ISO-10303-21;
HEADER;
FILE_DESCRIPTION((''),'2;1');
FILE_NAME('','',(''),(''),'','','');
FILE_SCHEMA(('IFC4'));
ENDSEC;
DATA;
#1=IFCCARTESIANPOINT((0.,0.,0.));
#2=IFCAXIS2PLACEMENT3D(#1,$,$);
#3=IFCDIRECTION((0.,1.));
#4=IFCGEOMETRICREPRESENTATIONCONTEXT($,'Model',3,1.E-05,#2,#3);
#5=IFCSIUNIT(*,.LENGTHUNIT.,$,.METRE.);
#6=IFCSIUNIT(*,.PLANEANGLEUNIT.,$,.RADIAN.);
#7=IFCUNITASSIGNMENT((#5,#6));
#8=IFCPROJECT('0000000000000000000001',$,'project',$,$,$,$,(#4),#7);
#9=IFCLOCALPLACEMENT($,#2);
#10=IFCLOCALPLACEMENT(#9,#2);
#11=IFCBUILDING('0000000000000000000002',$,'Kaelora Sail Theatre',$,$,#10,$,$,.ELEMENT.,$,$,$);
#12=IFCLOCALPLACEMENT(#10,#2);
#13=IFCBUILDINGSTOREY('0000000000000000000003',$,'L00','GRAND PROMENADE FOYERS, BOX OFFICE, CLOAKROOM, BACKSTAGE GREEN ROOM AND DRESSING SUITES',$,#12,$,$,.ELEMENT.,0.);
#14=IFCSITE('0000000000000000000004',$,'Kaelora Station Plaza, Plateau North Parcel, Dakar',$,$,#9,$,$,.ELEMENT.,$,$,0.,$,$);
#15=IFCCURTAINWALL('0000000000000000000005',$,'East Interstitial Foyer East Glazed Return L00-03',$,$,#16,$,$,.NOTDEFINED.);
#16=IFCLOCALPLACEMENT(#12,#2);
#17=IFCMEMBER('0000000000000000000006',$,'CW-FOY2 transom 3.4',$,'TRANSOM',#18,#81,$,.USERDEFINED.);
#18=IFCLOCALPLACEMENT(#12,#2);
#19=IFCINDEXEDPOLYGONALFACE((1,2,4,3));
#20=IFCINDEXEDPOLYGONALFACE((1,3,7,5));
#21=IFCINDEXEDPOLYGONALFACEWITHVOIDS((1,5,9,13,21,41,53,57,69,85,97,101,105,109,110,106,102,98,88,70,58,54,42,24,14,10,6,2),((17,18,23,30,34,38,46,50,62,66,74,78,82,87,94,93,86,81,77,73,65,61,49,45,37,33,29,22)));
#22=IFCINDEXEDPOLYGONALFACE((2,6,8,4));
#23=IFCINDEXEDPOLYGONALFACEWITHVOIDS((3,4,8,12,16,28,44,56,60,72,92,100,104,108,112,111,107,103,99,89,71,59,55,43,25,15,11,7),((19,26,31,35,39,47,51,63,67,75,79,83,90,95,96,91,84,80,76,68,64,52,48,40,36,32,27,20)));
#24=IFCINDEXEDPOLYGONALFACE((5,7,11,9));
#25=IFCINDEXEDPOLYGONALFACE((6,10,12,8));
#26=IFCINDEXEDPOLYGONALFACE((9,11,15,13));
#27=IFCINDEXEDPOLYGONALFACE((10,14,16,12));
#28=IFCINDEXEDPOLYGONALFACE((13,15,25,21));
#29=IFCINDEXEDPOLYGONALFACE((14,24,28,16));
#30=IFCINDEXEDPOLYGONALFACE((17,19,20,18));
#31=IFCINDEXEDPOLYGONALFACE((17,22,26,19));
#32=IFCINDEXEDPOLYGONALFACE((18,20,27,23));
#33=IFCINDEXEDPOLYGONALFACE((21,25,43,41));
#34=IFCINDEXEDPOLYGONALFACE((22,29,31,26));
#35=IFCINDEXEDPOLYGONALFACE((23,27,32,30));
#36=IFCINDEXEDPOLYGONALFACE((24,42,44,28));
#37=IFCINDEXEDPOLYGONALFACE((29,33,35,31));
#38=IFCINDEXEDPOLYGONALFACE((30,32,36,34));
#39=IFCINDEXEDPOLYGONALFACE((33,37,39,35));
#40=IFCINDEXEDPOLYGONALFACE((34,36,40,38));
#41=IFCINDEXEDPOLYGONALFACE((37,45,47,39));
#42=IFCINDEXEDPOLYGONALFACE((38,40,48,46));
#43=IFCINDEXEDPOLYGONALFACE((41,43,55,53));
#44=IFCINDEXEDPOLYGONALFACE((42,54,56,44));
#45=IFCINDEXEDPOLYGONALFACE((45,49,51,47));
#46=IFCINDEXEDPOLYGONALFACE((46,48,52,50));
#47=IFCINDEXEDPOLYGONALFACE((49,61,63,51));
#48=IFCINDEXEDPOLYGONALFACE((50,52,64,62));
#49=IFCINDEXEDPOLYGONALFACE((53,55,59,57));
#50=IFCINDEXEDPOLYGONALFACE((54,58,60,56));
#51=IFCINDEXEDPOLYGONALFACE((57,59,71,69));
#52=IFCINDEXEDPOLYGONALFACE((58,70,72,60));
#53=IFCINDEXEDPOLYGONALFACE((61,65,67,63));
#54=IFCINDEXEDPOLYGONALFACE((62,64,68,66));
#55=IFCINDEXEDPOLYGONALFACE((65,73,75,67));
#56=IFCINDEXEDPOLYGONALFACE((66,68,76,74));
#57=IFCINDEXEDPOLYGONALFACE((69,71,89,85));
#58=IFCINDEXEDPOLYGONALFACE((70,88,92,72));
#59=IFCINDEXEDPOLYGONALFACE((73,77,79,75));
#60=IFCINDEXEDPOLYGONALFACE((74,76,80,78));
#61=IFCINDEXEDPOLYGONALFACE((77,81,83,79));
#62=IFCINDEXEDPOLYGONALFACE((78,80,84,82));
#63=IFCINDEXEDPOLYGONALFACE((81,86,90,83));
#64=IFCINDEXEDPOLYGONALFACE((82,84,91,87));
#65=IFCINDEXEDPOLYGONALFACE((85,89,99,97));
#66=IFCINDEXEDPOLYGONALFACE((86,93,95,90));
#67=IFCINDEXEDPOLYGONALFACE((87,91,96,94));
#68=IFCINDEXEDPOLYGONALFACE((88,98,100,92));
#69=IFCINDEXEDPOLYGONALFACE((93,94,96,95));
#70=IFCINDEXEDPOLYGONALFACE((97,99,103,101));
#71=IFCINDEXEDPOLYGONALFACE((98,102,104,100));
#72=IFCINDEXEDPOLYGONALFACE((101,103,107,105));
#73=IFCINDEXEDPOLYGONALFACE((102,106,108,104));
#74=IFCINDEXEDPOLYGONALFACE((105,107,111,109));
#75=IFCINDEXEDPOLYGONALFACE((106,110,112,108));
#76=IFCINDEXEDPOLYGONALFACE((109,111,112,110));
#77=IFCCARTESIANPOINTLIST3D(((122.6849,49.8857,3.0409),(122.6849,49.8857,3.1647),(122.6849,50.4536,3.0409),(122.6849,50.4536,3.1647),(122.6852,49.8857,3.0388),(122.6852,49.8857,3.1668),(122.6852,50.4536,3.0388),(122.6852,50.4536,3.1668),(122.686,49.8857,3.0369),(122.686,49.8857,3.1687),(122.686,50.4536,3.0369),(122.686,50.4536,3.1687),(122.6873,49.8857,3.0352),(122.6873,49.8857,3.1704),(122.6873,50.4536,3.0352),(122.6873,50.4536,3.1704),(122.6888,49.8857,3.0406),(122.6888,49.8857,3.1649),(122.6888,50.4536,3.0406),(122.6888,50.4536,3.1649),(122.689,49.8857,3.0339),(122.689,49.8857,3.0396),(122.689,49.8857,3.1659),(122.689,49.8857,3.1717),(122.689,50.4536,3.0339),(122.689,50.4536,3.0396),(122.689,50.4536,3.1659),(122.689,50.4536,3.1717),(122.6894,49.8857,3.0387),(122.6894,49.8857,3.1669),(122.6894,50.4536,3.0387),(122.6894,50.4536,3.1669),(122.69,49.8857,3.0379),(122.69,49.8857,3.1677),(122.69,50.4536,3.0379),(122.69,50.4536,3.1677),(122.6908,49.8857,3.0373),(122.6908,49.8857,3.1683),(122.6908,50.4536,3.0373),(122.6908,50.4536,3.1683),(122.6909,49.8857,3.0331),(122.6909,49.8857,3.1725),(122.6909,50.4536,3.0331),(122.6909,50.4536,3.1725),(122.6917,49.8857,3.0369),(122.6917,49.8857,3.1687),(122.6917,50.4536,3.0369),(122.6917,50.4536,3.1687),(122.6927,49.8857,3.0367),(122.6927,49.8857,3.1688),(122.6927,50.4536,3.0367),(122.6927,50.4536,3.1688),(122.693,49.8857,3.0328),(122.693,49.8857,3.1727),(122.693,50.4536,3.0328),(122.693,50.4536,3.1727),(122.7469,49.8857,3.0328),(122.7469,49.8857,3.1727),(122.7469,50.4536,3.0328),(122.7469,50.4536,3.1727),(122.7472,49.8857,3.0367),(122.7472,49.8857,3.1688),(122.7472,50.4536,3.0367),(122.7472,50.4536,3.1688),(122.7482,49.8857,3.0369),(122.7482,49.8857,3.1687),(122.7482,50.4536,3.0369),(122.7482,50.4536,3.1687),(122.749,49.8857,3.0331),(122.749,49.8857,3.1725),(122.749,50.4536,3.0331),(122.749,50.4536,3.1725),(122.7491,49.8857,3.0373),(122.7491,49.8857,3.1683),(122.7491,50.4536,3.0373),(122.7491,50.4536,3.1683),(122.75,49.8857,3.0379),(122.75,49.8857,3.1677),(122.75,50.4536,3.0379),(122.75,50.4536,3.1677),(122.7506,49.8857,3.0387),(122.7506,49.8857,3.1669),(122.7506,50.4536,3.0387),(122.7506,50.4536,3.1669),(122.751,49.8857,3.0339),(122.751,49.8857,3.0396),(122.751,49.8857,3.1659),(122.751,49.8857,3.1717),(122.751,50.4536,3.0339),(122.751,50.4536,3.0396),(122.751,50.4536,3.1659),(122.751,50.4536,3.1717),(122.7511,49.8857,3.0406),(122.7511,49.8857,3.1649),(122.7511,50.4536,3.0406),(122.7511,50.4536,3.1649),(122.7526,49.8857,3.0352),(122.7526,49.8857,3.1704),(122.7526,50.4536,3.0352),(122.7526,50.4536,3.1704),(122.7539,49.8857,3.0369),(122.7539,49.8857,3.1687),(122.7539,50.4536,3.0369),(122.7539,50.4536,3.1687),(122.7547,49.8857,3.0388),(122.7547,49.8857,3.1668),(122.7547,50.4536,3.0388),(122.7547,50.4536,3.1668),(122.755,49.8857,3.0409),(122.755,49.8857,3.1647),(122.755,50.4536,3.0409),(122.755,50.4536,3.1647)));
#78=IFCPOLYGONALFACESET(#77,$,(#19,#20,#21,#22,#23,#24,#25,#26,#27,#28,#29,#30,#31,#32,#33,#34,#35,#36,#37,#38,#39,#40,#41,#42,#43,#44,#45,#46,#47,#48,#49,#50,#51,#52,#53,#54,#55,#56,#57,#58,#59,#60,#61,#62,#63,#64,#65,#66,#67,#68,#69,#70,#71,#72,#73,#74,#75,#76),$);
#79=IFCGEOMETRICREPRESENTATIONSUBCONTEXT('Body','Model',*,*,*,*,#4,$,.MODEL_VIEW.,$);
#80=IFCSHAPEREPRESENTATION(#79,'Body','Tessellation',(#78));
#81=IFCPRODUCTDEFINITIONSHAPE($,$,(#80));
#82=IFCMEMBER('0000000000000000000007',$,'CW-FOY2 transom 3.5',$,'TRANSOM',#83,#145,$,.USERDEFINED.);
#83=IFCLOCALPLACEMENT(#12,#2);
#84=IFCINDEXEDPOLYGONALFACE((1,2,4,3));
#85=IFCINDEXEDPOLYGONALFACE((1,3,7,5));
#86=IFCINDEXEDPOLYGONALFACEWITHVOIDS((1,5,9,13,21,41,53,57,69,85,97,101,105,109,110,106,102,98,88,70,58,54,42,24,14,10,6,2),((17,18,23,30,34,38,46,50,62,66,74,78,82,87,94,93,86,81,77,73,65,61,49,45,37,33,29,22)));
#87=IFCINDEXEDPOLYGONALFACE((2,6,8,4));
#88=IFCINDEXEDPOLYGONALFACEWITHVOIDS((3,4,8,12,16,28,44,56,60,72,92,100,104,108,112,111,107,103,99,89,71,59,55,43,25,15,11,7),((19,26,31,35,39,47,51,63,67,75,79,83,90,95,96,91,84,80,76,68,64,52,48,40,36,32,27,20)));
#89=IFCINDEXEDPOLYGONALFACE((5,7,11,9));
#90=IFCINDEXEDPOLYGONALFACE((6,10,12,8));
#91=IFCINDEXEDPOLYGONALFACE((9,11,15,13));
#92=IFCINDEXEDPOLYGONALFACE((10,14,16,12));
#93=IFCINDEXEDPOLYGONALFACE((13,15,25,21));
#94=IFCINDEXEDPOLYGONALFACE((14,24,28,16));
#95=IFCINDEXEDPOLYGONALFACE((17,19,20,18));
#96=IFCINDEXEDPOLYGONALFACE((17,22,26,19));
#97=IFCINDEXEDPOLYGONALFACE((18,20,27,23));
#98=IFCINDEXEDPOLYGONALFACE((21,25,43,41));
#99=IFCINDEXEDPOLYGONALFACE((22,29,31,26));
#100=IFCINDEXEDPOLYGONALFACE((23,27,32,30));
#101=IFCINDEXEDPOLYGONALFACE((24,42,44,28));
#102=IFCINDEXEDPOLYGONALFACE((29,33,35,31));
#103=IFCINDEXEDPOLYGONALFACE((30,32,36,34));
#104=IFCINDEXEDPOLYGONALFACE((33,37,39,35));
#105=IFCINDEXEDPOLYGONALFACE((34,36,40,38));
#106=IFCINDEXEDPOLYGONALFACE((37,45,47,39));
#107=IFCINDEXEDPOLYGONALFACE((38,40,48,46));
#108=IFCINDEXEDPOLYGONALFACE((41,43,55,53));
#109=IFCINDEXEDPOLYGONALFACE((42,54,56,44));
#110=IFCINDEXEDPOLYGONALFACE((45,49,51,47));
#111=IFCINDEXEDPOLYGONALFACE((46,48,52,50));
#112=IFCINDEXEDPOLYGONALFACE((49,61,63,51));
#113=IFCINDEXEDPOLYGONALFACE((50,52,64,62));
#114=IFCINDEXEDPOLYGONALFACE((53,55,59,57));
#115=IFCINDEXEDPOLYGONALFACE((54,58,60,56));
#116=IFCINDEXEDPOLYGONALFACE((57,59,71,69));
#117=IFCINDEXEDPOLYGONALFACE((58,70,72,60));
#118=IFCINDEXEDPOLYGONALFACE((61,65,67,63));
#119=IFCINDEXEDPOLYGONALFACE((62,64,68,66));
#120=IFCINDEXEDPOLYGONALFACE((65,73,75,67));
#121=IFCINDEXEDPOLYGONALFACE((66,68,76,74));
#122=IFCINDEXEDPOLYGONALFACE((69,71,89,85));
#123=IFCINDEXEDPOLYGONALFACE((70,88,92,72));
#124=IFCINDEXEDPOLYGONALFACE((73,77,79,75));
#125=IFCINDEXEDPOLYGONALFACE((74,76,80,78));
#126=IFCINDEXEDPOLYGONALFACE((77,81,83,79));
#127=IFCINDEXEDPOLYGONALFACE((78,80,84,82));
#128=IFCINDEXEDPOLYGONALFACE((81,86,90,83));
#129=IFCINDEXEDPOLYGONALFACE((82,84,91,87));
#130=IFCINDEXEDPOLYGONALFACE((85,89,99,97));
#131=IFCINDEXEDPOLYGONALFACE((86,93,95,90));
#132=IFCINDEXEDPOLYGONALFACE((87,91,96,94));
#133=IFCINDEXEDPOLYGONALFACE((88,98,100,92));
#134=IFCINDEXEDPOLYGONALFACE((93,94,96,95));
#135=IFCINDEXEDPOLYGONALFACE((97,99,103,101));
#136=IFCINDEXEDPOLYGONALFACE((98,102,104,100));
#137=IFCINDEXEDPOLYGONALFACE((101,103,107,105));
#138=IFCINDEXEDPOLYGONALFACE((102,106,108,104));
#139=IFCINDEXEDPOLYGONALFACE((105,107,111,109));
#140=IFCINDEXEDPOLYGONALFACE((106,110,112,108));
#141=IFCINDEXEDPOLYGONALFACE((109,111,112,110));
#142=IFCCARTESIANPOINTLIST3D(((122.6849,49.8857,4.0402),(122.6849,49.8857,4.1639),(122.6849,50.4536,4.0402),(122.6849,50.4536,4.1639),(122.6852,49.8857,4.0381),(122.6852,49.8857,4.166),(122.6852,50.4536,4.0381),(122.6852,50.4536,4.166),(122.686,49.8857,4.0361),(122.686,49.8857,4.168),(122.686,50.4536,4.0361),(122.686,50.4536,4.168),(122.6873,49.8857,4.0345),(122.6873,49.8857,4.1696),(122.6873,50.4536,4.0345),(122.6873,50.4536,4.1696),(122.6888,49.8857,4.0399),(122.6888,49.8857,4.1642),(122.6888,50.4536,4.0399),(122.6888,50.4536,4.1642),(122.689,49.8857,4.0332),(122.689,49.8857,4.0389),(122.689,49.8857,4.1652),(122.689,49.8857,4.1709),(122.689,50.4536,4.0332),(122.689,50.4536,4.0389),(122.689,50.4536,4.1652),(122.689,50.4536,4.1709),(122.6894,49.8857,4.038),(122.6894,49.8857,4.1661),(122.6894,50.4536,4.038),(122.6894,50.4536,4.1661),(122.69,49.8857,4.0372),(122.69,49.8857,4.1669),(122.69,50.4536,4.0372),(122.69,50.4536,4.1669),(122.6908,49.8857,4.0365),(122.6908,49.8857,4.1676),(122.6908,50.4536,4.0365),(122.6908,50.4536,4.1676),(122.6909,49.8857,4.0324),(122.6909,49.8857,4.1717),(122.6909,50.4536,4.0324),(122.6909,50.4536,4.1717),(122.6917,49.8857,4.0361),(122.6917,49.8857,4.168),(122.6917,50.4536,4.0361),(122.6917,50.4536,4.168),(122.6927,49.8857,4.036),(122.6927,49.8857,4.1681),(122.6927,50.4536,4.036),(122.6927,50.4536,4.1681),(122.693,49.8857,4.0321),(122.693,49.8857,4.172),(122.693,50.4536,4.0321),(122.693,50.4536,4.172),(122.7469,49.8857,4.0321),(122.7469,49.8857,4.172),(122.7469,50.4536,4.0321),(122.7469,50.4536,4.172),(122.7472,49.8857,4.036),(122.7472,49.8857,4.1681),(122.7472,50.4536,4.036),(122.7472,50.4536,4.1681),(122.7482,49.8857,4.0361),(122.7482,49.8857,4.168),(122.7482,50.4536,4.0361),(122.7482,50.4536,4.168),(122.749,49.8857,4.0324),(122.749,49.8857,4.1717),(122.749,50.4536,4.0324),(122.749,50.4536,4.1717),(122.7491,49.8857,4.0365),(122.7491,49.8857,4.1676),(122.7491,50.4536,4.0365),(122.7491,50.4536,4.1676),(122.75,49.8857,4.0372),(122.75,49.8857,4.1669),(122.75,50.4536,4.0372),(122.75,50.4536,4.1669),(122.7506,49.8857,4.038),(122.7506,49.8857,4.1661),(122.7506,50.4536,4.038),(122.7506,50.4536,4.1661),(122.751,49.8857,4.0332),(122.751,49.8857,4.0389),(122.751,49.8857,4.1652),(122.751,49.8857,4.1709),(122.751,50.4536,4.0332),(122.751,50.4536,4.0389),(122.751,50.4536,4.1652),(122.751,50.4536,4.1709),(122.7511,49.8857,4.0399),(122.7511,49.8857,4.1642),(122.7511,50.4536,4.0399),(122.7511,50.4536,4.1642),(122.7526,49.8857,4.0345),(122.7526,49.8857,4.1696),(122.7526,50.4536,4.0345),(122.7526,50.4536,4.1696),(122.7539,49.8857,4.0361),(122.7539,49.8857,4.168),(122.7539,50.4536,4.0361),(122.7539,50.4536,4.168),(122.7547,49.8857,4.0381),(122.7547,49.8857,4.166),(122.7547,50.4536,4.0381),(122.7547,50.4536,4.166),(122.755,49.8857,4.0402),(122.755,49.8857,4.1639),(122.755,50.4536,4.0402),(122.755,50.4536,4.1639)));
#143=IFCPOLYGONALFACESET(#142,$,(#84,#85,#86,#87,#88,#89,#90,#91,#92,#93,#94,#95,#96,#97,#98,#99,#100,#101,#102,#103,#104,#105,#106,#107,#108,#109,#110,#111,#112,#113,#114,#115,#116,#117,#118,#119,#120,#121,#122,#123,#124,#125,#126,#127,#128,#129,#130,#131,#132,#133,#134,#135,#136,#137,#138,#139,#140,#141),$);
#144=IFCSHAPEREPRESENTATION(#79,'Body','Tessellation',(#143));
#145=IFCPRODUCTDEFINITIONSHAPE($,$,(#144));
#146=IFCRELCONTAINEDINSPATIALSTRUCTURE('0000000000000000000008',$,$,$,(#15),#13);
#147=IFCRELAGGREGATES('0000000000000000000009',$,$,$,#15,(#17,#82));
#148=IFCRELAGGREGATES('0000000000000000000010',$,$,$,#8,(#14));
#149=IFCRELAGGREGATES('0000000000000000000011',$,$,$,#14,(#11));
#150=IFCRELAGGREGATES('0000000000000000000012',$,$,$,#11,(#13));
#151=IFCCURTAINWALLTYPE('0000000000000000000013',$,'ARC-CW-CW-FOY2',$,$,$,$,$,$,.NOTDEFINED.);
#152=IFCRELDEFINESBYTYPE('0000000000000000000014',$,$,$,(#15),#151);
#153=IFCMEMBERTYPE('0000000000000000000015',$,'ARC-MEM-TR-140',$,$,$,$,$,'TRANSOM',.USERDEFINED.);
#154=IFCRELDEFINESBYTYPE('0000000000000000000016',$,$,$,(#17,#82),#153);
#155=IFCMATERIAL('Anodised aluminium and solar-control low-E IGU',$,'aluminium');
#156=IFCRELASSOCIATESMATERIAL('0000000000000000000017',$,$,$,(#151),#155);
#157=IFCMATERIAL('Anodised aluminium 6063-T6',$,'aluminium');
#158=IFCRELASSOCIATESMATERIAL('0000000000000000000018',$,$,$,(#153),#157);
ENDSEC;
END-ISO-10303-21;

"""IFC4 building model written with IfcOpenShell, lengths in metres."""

from ifc_helpers import new_model, si_unit, direction, frame, origin, origin_2d, place, context, subcontext, project, spatial, hollow_rectangle, extrude, material, material_profile, profile_set, type_object, element, aggregate, save


model = new_model("IFC4")

# Units and contexts
model_context = context("Model", 3, precision=1e-05, world=origin(), true_north=direction((0.0, 1.0)))
body_context = subcontext(model_context, "Body", "Model", "MODEL_VIEW")
ifc_project = project(units=[si_unit("LENGTHUNIT", "METRE"), si_unit("PLANEANGLEUNIT", "RADIAN")], contexts=[model_context])

# Site, building, storey
site_placement = place(None, origin())
site = spatial("IfcSite", under=ifc_project, at=site_placement, Name="Kaelora Station Plaza, Plateau North Parcel, Dakar", CompositionType="ELEMENT", RefElevation=0.0)
building_placement = place(site_placement, origin())
building = spatial("IfcBuilding", under=site, at=building_placement, Name="Kaelora Sail Theatre", CompositionType="ELEMENT")
storey_placement = place(building_placement, origin())
storey = spatial("IfcBuildingStorey", under=building, at=storey_placement, Name="L00", Description="GRAND PROMENADE FOYERS, BOX OFFICE, CLOAKROOM, BACKSTAGE GREEN ROOM AND DRESSING SUITES", CompositionType="ELEMENT", Elevation=0.0)

# Curtain wall, members
ifc_material_1 = material(Name="Anodised aluminium and solar-control low-E IGU", Category="aluminium")
curtain_wall_type = type_object("IfcCurtainWallType", Name="ARC-CW-CW-FOY2", PredefinedType="NOTDEFINED", material=ifc_material_1)
curtain_wall_placement = place(storey_placement, origin())
curtain_wall = element("IfcCurtainWall", 1, at=curtain_wall_placement, inside=storey, type_object=curtain_wall_type, Name="East Interstitial Foyer East Glazed Return L00-03", PredefinedType="NOTDEFINED")
ifc_material_2 = material(Name="Anodised aluminium 6063-T6", Category="aluminium")
ifc_material_profile = material_profile(ifc_material_2, hollow_rectangle(XDim=0.0701, YDim=0.1399, WallThickness=0.0039, InnerFilletRadius=0.0039, OuterFilletRadius=0.0081, at=origin_2d()), Name="ALU-TRAN 70x140x4")
ifc_profile_set = profile_set([ifc_material_profile], Name="Anodised aluminium 6063-T6")
member_type = type_object("IfcMemberType", Name="ARC-MEM-TR-140", ElementType="TRANSOM", PredefinedType="USERDEFINED", material=ifc_profile_set)
member_1_placement = place(storey_placement, frame((122.72, 49.8857, 3.1028), z_axis=(0.0, 1.0, 0.0), x_axis=(-1.0, 0.0, 0.0)))
member_1 = element("IfcMember", 2, at=member_1_placement, type_object=member_type, Name="CW-FOY2 transom 3.4", ObjectType="TRANSOM", PredefinedType="USERDEFINED", context=body_context, shape_type="SweptSolid", body=[
    extrude(hollow_rectangle(XDim=0.0701, YDim=0.1399, WallThickness=0.0039, InnerFilletRadius=0.0039, OuterFilletRadius=0.0081, at=origin_2d()), origin(), (0.0, 0.0, 1.0), 0.5679),
])
member_2_placement = place(storey_placement, frame((122.72, 49.8857, 4.1021), z_axis=(0.0, 1.0, 0.0), x_axis=(-1.0, 0.0, 0.0)))
member_2 = element("IfcMember", 3, at=member_2_placement, type_object=member_type, Name="CW-FOY2 transom 3.5", ObjectType="TRANSOM", PredefinedType="USERDEFINED", context=body_context, shape_type="SweptSolid", body=[
    extrude(hollow_rectangle(XDim=0.0701, YDim=0.1399, WallThickness=0.0039, InnerFilletRadius=0.0039, OuterFilletRadius=0.0081, at=origin_2d()), origin(), (0.0, 0.0, 1.0), 0.5679),
])
aggregate(curtain_wall, [member_1, member_2])

save(model, "model.ifc")
